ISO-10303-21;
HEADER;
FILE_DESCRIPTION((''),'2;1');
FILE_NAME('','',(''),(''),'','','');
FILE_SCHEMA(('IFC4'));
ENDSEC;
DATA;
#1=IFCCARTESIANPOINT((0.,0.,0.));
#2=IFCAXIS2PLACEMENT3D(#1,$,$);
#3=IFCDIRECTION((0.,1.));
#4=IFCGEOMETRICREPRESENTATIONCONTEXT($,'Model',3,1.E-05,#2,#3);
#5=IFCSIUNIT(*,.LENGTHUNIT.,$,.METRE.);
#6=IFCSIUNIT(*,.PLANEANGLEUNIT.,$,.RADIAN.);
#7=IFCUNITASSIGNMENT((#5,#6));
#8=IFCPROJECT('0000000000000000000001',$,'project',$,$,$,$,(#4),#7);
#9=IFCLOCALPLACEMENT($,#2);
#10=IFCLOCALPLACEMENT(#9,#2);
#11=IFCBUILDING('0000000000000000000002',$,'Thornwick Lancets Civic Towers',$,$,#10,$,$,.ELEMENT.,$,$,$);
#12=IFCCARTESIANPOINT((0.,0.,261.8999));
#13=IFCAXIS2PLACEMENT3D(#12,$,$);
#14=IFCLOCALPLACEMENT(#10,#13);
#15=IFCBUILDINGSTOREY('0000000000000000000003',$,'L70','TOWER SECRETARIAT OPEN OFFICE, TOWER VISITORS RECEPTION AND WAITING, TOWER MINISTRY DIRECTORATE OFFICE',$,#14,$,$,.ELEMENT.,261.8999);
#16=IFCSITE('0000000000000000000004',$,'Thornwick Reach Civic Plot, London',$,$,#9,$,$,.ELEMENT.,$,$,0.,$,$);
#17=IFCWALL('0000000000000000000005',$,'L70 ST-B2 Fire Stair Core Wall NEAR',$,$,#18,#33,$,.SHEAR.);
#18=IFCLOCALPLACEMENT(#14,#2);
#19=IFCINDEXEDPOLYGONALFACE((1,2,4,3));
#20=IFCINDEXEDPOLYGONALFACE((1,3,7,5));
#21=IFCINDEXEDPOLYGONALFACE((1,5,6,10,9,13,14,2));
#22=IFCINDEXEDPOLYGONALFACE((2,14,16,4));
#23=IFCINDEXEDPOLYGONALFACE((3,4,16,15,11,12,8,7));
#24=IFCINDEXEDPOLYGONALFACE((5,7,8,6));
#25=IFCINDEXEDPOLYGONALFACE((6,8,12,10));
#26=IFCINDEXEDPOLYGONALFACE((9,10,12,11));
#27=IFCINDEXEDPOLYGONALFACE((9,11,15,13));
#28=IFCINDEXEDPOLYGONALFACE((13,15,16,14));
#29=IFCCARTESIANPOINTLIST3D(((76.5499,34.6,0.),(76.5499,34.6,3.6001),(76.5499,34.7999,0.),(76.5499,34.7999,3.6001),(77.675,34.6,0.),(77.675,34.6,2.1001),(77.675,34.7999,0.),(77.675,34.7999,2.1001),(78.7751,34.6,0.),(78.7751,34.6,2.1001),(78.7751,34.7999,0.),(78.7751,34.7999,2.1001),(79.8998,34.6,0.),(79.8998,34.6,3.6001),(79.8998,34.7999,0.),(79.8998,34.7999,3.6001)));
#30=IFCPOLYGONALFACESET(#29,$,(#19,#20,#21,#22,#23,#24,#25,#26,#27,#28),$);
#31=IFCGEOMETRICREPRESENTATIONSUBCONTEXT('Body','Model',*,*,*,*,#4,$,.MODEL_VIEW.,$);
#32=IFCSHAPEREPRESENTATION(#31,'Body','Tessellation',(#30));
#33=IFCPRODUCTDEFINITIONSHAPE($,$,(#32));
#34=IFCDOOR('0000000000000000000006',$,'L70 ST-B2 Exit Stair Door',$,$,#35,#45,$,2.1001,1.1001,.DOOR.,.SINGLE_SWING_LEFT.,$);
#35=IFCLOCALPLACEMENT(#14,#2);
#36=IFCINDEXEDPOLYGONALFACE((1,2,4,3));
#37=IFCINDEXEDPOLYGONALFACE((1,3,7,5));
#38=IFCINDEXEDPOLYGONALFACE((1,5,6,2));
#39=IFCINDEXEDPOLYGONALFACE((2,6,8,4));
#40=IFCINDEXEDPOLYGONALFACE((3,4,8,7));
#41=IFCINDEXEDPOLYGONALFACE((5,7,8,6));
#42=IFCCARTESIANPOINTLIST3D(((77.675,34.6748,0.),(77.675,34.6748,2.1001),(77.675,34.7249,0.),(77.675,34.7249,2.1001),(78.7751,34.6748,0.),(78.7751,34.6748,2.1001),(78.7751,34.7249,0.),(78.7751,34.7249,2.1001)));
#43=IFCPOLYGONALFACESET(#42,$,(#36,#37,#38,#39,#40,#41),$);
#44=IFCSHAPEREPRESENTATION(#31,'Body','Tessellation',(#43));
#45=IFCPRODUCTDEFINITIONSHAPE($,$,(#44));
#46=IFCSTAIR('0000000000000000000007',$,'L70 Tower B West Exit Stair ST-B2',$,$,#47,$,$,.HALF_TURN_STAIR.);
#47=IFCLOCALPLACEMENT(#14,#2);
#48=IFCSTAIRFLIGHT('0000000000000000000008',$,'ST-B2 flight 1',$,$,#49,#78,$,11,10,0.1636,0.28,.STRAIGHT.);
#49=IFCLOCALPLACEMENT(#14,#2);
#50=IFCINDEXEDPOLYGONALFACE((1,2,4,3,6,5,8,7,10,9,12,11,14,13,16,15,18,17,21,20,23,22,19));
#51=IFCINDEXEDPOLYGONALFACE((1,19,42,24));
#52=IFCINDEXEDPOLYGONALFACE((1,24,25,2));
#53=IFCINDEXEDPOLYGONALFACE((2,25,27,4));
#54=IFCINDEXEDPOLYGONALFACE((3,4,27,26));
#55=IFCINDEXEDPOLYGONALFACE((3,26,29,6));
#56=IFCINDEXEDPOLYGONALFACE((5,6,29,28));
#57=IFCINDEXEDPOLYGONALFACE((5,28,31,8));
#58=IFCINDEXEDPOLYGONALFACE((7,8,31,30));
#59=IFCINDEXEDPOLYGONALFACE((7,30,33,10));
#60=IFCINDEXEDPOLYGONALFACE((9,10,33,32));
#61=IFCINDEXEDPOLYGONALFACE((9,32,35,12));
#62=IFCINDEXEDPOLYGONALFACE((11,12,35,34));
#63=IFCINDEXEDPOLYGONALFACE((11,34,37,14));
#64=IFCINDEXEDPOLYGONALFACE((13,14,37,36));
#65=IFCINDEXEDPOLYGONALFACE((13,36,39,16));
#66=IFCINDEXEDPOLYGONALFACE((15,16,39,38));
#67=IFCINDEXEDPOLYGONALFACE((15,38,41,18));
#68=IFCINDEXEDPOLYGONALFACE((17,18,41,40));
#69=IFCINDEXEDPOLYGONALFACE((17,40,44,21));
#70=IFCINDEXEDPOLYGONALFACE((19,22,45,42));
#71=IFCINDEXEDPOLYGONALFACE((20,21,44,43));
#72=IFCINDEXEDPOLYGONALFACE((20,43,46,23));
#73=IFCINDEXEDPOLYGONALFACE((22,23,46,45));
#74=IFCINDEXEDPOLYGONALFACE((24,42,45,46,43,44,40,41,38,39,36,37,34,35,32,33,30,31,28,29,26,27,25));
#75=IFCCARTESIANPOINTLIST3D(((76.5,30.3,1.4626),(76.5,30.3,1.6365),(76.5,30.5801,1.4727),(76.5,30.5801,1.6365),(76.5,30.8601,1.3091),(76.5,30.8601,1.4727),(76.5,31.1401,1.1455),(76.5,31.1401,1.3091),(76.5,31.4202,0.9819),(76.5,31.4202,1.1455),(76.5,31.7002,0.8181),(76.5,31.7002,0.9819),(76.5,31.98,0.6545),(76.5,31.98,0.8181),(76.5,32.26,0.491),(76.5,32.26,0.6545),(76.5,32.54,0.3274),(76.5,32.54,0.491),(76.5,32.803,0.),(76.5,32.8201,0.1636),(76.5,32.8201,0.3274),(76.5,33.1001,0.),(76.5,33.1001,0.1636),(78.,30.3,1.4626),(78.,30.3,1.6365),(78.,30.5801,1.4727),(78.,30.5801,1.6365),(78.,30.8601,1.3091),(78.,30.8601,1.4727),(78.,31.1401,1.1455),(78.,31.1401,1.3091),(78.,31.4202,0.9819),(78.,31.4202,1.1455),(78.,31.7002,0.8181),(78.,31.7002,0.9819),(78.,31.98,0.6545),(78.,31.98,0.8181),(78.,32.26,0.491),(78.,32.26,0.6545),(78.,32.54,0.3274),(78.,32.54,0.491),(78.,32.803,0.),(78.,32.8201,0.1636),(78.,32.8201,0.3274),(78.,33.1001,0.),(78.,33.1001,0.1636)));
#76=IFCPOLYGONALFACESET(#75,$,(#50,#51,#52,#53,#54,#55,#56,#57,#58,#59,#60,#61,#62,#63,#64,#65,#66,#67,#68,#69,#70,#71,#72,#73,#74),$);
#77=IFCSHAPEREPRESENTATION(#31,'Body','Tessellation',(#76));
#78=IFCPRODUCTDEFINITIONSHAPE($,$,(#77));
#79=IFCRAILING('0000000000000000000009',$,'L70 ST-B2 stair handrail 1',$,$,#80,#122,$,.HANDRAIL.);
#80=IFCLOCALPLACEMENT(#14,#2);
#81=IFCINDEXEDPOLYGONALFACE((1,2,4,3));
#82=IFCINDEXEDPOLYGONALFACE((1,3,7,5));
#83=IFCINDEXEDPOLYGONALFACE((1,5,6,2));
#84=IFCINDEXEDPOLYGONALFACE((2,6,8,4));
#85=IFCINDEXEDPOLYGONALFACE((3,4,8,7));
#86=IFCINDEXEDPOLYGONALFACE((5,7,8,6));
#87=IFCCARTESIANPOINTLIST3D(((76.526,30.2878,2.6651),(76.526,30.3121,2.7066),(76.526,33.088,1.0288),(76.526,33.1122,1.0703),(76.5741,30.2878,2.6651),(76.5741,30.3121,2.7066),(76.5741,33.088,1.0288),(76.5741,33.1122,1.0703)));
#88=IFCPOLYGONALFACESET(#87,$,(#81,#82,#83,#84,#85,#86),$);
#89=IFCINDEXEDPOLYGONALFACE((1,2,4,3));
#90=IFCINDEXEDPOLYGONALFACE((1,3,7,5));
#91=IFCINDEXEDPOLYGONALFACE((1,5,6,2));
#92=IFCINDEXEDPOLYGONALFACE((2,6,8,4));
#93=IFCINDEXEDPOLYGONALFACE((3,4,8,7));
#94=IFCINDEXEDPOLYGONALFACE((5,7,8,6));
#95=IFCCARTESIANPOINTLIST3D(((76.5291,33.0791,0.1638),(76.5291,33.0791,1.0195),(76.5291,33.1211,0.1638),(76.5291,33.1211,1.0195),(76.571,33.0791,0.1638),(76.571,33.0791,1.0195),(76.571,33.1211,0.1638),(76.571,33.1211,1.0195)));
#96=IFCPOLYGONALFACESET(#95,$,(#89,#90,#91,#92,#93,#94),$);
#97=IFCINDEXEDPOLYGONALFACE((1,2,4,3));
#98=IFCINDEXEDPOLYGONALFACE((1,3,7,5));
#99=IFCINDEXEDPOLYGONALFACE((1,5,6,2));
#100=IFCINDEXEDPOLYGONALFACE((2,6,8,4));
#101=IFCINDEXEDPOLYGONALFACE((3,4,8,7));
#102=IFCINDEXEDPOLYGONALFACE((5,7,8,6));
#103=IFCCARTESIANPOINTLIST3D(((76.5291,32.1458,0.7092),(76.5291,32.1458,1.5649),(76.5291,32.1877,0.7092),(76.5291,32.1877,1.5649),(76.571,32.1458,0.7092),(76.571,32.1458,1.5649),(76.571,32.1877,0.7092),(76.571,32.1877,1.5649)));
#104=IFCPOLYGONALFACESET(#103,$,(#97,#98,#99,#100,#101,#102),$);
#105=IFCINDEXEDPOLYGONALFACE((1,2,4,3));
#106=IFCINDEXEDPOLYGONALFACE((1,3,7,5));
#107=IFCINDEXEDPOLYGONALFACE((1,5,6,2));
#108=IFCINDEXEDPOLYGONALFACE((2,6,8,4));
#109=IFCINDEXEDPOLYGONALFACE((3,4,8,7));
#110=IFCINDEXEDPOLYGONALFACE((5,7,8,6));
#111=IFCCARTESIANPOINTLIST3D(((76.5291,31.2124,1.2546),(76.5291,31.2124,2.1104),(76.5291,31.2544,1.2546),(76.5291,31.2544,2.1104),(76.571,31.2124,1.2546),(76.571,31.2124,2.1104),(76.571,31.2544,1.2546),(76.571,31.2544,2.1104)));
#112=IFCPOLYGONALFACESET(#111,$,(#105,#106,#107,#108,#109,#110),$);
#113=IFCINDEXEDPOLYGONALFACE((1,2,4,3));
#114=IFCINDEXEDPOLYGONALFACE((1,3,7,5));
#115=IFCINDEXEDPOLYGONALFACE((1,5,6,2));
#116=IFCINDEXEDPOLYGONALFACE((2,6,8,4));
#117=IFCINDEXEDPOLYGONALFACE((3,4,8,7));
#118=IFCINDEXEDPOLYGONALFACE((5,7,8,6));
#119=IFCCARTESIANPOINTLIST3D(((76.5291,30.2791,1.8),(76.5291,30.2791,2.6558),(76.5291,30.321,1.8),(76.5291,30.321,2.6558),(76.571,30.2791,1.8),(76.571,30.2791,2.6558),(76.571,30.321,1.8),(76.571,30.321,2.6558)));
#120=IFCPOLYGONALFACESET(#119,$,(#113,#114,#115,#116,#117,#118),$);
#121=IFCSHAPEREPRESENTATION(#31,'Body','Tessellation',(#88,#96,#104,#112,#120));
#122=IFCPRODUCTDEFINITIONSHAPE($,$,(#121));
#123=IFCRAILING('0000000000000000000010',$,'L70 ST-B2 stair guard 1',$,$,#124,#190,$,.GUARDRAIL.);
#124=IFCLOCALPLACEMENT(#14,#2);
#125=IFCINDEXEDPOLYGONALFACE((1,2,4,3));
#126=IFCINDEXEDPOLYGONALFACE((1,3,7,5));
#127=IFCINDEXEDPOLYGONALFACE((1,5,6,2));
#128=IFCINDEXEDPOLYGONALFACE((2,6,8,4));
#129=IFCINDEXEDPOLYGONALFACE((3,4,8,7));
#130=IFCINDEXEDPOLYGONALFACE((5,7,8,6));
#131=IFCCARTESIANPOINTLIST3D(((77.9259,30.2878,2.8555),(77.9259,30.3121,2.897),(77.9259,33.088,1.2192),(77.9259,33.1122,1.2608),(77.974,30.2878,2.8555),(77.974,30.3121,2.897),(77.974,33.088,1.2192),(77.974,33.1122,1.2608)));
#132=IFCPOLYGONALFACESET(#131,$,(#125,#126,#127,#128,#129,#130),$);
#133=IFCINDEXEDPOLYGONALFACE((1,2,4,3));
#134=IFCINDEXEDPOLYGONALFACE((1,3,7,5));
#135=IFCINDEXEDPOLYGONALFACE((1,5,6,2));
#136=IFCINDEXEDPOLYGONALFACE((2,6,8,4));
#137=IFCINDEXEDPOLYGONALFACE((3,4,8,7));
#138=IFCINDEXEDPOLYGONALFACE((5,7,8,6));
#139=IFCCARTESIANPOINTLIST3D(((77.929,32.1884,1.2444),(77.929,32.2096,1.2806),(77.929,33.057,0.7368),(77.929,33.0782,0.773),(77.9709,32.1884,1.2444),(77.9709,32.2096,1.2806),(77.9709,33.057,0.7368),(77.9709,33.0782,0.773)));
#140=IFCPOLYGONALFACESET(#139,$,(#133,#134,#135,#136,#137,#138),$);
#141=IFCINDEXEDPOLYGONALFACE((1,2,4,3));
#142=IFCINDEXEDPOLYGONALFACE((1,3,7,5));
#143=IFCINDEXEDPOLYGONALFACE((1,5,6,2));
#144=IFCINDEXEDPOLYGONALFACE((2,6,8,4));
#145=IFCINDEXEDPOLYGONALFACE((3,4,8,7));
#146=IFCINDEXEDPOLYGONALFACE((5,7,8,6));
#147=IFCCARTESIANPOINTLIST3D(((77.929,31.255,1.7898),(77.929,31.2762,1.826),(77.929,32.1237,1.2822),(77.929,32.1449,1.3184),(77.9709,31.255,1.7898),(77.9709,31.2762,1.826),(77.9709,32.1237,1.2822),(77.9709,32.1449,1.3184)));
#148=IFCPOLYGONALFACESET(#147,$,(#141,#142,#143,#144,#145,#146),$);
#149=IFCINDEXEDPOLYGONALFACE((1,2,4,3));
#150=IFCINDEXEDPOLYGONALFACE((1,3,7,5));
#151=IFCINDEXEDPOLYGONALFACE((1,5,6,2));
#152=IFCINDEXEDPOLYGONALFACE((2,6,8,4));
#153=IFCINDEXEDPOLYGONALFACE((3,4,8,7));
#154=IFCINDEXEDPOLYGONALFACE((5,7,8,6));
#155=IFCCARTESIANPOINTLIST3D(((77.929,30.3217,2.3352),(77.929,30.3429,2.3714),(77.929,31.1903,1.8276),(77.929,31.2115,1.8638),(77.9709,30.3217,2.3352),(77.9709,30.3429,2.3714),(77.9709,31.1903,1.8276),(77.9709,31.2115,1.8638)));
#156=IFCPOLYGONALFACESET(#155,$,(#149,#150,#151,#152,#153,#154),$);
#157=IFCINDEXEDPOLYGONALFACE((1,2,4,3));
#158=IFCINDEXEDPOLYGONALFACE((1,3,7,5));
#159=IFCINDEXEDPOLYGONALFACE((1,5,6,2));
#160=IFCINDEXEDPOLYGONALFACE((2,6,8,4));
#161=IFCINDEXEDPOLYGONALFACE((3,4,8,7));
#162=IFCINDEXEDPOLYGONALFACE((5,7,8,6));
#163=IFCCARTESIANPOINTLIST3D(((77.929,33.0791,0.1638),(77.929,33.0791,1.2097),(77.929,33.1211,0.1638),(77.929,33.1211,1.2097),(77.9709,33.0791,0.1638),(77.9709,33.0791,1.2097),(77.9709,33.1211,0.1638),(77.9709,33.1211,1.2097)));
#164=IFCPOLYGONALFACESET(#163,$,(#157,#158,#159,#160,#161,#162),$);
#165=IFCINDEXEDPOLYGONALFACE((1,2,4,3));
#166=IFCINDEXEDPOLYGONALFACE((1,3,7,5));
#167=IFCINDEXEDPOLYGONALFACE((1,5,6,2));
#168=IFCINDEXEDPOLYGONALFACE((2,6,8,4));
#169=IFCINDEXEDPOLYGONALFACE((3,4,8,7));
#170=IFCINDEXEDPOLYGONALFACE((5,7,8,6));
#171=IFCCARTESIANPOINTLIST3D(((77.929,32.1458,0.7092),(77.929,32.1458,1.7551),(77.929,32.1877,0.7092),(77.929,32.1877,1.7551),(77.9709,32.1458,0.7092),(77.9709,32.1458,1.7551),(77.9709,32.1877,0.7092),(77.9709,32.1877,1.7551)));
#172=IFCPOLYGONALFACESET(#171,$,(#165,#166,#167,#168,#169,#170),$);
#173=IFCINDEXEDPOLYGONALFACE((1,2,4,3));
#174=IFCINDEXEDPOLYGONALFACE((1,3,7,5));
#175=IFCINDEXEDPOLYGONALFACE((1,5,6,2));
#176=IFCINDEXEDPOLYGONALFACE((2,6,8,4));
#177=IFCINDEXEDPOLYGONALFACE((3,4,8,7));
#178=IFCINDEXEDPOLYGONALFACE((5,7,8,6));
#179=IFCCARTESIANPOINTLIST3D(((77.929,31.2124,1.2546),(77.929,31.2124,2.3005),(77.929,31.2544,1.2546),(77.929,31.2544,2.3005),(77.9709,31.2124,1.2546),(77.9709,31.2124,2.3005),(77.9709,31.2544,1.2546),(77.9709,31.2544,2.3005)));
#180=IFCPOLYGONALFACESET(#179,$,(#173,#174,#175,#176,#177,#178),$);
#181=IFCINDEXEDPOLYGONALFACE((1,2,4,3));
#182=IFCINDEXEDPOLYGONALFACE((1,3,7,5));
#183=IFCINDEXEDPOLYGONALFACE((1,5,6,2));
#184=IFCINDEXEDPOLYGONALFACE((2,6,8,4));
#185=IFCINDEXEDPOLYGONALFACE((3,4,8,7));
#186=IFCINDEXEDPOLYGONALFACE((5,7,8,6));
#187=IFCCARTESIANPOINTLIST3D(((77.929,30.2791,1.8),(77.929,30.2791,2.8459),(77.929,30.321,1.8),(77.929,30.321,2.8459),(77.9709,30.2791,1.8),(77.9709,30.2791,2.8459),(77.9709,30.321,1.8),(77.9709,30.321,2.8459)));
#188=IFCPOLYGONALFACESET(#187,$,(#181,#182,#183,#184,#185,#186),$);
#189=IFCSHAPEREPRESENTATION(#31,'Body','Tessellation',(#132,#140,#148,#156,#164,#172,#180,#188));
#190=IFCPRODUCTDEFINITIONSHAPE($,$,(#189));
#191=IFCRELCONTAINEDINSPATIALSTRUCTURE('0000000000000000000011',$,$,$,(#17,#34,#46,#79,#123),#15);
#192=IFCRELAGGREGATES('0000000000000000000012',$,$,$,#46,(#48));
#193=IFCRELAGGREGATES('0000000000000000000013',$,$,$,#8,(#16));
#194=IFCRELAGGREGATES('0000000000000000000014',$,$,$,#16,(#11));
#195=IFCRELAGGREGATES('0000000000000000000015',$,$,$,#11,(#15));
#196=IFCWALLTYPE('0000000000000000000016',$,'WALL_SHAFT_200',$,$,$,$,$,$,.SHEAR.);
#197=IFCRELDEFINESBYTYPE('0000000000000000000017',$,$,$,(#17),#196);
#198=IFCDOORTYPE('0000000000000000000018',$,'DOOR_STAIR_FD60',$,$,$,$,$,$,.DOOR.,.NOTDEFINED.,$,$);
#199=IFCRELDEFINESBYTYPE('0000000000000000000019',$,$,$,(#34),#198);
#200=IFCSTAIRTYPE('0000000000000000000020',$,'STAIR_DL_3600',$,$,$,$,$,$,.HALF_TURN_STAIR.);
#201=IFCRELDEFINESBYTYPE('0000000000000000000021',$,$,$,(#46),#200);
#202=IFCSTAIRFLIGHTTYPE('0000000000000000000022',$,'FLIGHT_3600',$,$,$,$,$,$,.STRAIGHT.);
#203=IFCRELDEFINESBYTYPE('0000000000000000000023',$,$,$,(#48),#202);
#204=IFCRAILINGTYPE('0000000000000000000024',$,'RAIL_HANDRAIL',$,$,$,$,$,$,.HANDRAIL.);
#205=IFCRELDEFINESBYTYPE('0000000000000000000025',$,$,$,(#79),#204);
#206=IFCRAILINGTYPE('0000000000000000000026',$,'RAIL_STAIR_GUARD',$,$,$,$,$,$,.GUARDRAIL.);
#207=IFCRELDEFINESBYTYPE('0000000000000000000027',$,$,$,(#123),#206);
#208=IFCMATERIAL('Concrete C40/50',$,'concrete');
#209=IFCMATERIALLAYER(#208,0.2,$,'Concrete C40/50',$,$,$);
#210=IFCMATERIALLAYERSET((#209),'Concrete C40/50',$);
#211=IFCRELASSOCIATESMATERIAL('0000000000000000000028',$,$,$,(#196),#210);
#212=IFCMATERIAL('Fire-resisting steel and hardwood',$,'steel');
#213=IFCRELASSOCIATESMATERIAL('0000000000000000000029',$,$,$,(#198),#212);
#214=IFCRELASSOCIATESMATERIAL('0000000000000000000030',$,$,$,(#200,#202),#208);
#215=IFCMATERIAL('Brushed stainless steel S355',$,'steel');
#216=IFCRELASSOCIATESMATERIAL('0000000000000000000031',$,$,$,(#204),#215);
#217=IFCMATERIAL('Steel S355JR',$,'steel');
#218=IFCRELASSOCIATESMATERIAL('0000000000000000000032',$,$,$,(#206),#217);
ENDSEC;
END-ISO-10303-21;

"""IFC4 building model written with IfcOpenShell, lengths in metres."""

from ifc_helpers import new_model, si_unit, direction, frame, frame_2d, origin, origin_2d, place, context, subcontext, project, spatial, polyline, rectangle, outline, extrude, material, layer, layer_set, type_object, element, fill, aggregate, save


model = new_model("IFC4")

# Units and contexts
model_context = context("Model", 3, precision=1e-05, world=origin(), true_north=direction((0.0, 1.0)))
body_context = subcontext(model_context, "Body", "Model", "MODEL_VIEW")
ifc_project = project(units=[si_unit("LENGTHUNIT", "METRE"), si_unit("PLANEANGLEUNIT", "RADIAN")], contexts=[model_context])

# Site, building, storey
site_placement = place(None, origin())
site = spatial("IfcSite", under=ifc_project, at=site_placement, Name="Thornwick Reach Civic Plot, London", CompositionType="ELEMENT", RefElevation=0.0)
building_placement = place(site_placement, origin())
building = spatial("IfcBuilding", under=site, at=building_placement, Name="Thornwick Lancets Civic Towers", CompositionType="ELEMENT")
storey_placement = place(building_placement, frame((0.0, 0.0, 261.8999)))
storey = spatial("IfcBuildingStorey", under=building, at=storey_placement, Name="L70", Description="TOWER SECRETARIAT OPEN OFFICE, TOWER VISITORS RECEPTION AND WAITING, TOWER MINISTRY DIRECTORATE OFFICE", CompositionType="ELEMENT", Elevation=261.8999)

# Shared definitions
ifc_material_1 = material(Name="Steel S355JR", Category="steel")

# Shared definitions
ifc_material_2 = material(Name="Concrete C40/50", Category="concrete")

# Wall, opening, door
ifc_layer_1 = layer(ifc_material_2, 0.2, Name="Concrete C40/50")
ifc_layer_set_1 = layer_set([ifc_layer_1], Name="Concrete C40/50")
wall_type_1 = type_object("IfcWallType", Name="WALL_SHAFT_200", PredefinedType="SHEAR", material=ifc_layer_set_1)
wall_1_placement = place(storey_placement, frame((76.55, 34.7, 0.0), z_axis=(0.0, 0.0, 1.0), x_axis=(1.0, 0.0, 0.0)))
wall_1 = element("IfcWall", 1, at=wall_1_placement, inside=storey, type_object=wall_type_1, Name="L70 ST-B2 Fire Stair Core Wall NEAR", PredefinedType="SHEAR", context=body_context, shape_type="SweptSolid", body=[
    extrude(rectangle(XDim=3.3499, YDim=0.2, at=frame_2d((1.6748, 0.0))), origin(), (0.0, 0.0, 1.0), 3.6001),
])
opening_1_placement = place(wall_1_placement, frame((1.125, 0.0, 0.0)))
opening_1 = element("IfcOpeningElement", 2, at=opening_1_placement, cuts=wall_1, PredefinedType="OPENING", context=body_context, shape_type="SweptSolid", body=[
    extrude(rectangle(XDim=1.1001, YDim=2.1001, at=frame_2d((0.55, 1.05))), frame((0.0, 0.1099, 0.0), z_axis=(0.0, -1.0, 0.0), x_axis=(1.0, 0.0, 0.0)), (0.0, 0.0, 1.0), 0.22),
])
ifc_material_3 = material(Name="Fire-resisting steel and hardwood", Category="steel")
door_type = type_object("IfcDoorType", Name="DOOR_STAIR_FD60", OperationType="NOTDEFINED", PredefinedType="DOOR", material=ifc_material_3)
door_placement = place(opening_1_placement, origin())
door = element("IfcDoor", 3, at=door_placement, inside=storey, type_object=door_type, Name="L70 ST-B2 Exit Stair Door", OperationType="SINGLE_SWING_LEFT", OverallHeight=2.1001, OverallWidth=1.1001, PredefinedType="DOOR", context=body_context, shape_type="SweptSolid", body=[
    extrude(rectangle(XDim=1.1001, YDim=2.1001, at=frame_2d((0.55, 1.05))), frame((0.0, 0.0249, 0.0), z_axis=(0.0, -1.0, 0.0), x_axis=(1.0, 0.0, 0.0)), (0.0, 0.0, 1.0), 0.05),
])
fill(opening_1, door)

# Stair, stair flight
stair_type = type_object("IfcStairType", Name="STAIR_DL_3600", PredefinedType="HALF_TURN_STAIR", material=ifc_material_2)
stair_placement = place(storey_placement, origin())
stair = element("IfcStair", 4, at=stair_placement, inside=storey, type_object=stair_type, Name="L70 Tower B West Exit Stair ST-B2", PredefinedType="HALF_TURN_STAIR")
stair_flight_type = type_object("IfcStairFlightType", Name="FLIGHT_3600", PredefinedType="STRAIGHT", material=ifc_material_2)
stair_flight_placement = place(storey_placement, frame((77.25, 33.1001, 0.0), z_axis=(0.0, 0.0, 1.0), x_axis=(0.0, -1.0, 0.0)))
stair_flight = element("IfcStairFlight", 5, at=stair_flight_placement, type_object=stair_flight_type, Name="ST-B2 flight 1", NumberOfRisers=11, NumberOfTreads=10, PredefinedType="STRAIGHT", RiserHeight=0.1636, TreadLength=0.28, context=body_context, shape_type="SweptSolid", body=[
    extrude(outline(polyline([(0.0, 0.0), (0.0, 0.1636), (0.28, 0.1636), (0.28, 0.3274), (0.5601, 0.3274), (0.5601, 0.491), (0.8401, 0.491), (0.8401, 0.6545), (1.1201, 0.6545), (1.1201, 0.8181), (1.3999, 0.8181), (1.3999, 0.9819), (1.6799, 0.9819), (1.6799, 1.1455), (1.96, 1.1455), (1.96, 1.3091), (2.24, 1.3091), (2.24, 1.4727), (2.52, 1.4727), (2.52, 1.6365), (2.8, 1.6365), (2.8, 1.8), (2.8, 1.4626), (0.2971, 0.0), (0.0, 0.0)])), frame((0.0, 0.75, 0.0), z_axis=(0.0, -1.0, 0.0), x_axis=(1.0, 0.0, 0.0)), (0.0, 0.0, 1.0), 1.5),
])
aggregate(stair, [stair_flight])

# Railings
ifc_material_4 = material(Name="Brushed stainless steel S355", Category="steel")
railing_type_1 = type_object("IfcRailingType", Name="RAIL_HANDRAIL", PredefinedType="HANDRAIL", material=ifc_material_4)
railing_1_placement = place(storey_placement, frame((76.55, 33.1001, 0.1638)))
element("IfcRailing", 6, at=railing_1_placement, inside=storey, type_object=railing_type_1, Name="L70 ST-B2 stair handrail 1", PredefinedType="HANDRAIL", context=body_context, shape_type="SweptSolid", body=[
    extrude(rectangle(XDim=0.0481, YDim=0.0481, at=origin_2d()), frame((0.0, 0.0, 0.8857), z_axis=(0.0, -0.863394, 0.504531), x_axis=(1.0, 0.0, 0.0)), (0.0, 0.0, 1.0), 3.2432),
    extrude(rectangle(XDim=0.042, YDim=0.042, at=origin_2d()), origin(), (0.0, 0.0, 1.0), 0.8557),
    extrude(rectangle(XDim=0.042, YDim=0.042, at=origin_2d()), frame((0.0, -0.9333, 0.5454)), (0.0, 0.0, 1.0), 0.8557),
    extrude(rectangle(XDim=0.042, YDim=0.042, at=origin_2d()), frame((0.0, -1.8667, 1.0908)), (0.0, 0.0, 1.0), 0.8557),
    extrude(rectangle(XDim=0.042, YDim=0.042, at=origin_2d()), frame((0.0, -2.8, 1.6362)), (0.0, 0.0, 1.0), 0.8557),
])
railing_type_2 = type_object("IfcRailingType", Name="RAIL_STAIR_GUARD", PredefinedType="GUARDRAIL", material=ifc_material_1)
railing_2_placement = place(storey_placement, frame((77.95, 33.1001, 0.1638)))
element("IfcRailing", 7, at=railing_2_placement, inside=storey, type_object=railing_type_2, Name="L70 ST-B2 stair guard 1", PredefinedType="GUARDRAIL", context=body_context, shape_type="SweptSolid", body=[
    extrude(rectangle(XDim=0.0481, YDim=0.0481, at=origin_2d()), frame((0.0, 0.0, 1.0762), z_axis=(0.0, -0.863394, 0.504531), x_axis=(1.0, 0.0, 0.0)), (0.0, 0.0, 1.0), 3.2432),
    extrude(rectangle(XDim=0.042, YDim=0.042, at=origin_2d()), frame((0.0, -0.0325, 0.5911), z_axis=(0.0, -0.863394, 0.504531), x_axis=(1.0, 0.0, 0.0)), (0.0, 0.0, 1.0), 1.0061),
    extrude(rectangle(XDim=0.042, YDim=0.042, at=origin_2d()), frame((0.0, -0.9658, 1.1365), z_axis=(0.0, -0.863394, 0.504531), x_axis=(1.0, 0.0, 0.0)), (0.0, 0.0, 1.0), 1.0061),
    extrude(rectangle(XDim=0.042, YDim=0.042, at=origin_2d()), frame((0.0, -1.8992, 1.6819), z_axis=(0.0, -0.863394, 0.504531), x_axis=(1.0, 0.0, 0.0)), (0.0, 0.0, 1.0), 1.0061),
    extrude(rectangle(XDim=0.042, YDim=0.042, at=origin_2d()), origin(), (0.0, 0.0, 1.0), 1.0459),
    extrude(rectangle(XDim=0.042, YDim=0.042, at=origin_2d()), frame((0.0, -0.9333, 0.5454)), (0.0, 0.0, 1.0), 1.0459),
    extrude(rectangle(XDim=0.042, YDim=0.042, at=origin_2d()), frame((0.0, -1.8667, 1.0908)), (0.0, 0.0, 1.0), 1.0459),
    extrude(rectangle(XDim=0.042, YDim=0.042, at=origin_2d()), frame((0.0, -2.8, 1.6362)), (0.0, 0.0, 1.0), 1.0459),
])

save(model, "model.ifc")
